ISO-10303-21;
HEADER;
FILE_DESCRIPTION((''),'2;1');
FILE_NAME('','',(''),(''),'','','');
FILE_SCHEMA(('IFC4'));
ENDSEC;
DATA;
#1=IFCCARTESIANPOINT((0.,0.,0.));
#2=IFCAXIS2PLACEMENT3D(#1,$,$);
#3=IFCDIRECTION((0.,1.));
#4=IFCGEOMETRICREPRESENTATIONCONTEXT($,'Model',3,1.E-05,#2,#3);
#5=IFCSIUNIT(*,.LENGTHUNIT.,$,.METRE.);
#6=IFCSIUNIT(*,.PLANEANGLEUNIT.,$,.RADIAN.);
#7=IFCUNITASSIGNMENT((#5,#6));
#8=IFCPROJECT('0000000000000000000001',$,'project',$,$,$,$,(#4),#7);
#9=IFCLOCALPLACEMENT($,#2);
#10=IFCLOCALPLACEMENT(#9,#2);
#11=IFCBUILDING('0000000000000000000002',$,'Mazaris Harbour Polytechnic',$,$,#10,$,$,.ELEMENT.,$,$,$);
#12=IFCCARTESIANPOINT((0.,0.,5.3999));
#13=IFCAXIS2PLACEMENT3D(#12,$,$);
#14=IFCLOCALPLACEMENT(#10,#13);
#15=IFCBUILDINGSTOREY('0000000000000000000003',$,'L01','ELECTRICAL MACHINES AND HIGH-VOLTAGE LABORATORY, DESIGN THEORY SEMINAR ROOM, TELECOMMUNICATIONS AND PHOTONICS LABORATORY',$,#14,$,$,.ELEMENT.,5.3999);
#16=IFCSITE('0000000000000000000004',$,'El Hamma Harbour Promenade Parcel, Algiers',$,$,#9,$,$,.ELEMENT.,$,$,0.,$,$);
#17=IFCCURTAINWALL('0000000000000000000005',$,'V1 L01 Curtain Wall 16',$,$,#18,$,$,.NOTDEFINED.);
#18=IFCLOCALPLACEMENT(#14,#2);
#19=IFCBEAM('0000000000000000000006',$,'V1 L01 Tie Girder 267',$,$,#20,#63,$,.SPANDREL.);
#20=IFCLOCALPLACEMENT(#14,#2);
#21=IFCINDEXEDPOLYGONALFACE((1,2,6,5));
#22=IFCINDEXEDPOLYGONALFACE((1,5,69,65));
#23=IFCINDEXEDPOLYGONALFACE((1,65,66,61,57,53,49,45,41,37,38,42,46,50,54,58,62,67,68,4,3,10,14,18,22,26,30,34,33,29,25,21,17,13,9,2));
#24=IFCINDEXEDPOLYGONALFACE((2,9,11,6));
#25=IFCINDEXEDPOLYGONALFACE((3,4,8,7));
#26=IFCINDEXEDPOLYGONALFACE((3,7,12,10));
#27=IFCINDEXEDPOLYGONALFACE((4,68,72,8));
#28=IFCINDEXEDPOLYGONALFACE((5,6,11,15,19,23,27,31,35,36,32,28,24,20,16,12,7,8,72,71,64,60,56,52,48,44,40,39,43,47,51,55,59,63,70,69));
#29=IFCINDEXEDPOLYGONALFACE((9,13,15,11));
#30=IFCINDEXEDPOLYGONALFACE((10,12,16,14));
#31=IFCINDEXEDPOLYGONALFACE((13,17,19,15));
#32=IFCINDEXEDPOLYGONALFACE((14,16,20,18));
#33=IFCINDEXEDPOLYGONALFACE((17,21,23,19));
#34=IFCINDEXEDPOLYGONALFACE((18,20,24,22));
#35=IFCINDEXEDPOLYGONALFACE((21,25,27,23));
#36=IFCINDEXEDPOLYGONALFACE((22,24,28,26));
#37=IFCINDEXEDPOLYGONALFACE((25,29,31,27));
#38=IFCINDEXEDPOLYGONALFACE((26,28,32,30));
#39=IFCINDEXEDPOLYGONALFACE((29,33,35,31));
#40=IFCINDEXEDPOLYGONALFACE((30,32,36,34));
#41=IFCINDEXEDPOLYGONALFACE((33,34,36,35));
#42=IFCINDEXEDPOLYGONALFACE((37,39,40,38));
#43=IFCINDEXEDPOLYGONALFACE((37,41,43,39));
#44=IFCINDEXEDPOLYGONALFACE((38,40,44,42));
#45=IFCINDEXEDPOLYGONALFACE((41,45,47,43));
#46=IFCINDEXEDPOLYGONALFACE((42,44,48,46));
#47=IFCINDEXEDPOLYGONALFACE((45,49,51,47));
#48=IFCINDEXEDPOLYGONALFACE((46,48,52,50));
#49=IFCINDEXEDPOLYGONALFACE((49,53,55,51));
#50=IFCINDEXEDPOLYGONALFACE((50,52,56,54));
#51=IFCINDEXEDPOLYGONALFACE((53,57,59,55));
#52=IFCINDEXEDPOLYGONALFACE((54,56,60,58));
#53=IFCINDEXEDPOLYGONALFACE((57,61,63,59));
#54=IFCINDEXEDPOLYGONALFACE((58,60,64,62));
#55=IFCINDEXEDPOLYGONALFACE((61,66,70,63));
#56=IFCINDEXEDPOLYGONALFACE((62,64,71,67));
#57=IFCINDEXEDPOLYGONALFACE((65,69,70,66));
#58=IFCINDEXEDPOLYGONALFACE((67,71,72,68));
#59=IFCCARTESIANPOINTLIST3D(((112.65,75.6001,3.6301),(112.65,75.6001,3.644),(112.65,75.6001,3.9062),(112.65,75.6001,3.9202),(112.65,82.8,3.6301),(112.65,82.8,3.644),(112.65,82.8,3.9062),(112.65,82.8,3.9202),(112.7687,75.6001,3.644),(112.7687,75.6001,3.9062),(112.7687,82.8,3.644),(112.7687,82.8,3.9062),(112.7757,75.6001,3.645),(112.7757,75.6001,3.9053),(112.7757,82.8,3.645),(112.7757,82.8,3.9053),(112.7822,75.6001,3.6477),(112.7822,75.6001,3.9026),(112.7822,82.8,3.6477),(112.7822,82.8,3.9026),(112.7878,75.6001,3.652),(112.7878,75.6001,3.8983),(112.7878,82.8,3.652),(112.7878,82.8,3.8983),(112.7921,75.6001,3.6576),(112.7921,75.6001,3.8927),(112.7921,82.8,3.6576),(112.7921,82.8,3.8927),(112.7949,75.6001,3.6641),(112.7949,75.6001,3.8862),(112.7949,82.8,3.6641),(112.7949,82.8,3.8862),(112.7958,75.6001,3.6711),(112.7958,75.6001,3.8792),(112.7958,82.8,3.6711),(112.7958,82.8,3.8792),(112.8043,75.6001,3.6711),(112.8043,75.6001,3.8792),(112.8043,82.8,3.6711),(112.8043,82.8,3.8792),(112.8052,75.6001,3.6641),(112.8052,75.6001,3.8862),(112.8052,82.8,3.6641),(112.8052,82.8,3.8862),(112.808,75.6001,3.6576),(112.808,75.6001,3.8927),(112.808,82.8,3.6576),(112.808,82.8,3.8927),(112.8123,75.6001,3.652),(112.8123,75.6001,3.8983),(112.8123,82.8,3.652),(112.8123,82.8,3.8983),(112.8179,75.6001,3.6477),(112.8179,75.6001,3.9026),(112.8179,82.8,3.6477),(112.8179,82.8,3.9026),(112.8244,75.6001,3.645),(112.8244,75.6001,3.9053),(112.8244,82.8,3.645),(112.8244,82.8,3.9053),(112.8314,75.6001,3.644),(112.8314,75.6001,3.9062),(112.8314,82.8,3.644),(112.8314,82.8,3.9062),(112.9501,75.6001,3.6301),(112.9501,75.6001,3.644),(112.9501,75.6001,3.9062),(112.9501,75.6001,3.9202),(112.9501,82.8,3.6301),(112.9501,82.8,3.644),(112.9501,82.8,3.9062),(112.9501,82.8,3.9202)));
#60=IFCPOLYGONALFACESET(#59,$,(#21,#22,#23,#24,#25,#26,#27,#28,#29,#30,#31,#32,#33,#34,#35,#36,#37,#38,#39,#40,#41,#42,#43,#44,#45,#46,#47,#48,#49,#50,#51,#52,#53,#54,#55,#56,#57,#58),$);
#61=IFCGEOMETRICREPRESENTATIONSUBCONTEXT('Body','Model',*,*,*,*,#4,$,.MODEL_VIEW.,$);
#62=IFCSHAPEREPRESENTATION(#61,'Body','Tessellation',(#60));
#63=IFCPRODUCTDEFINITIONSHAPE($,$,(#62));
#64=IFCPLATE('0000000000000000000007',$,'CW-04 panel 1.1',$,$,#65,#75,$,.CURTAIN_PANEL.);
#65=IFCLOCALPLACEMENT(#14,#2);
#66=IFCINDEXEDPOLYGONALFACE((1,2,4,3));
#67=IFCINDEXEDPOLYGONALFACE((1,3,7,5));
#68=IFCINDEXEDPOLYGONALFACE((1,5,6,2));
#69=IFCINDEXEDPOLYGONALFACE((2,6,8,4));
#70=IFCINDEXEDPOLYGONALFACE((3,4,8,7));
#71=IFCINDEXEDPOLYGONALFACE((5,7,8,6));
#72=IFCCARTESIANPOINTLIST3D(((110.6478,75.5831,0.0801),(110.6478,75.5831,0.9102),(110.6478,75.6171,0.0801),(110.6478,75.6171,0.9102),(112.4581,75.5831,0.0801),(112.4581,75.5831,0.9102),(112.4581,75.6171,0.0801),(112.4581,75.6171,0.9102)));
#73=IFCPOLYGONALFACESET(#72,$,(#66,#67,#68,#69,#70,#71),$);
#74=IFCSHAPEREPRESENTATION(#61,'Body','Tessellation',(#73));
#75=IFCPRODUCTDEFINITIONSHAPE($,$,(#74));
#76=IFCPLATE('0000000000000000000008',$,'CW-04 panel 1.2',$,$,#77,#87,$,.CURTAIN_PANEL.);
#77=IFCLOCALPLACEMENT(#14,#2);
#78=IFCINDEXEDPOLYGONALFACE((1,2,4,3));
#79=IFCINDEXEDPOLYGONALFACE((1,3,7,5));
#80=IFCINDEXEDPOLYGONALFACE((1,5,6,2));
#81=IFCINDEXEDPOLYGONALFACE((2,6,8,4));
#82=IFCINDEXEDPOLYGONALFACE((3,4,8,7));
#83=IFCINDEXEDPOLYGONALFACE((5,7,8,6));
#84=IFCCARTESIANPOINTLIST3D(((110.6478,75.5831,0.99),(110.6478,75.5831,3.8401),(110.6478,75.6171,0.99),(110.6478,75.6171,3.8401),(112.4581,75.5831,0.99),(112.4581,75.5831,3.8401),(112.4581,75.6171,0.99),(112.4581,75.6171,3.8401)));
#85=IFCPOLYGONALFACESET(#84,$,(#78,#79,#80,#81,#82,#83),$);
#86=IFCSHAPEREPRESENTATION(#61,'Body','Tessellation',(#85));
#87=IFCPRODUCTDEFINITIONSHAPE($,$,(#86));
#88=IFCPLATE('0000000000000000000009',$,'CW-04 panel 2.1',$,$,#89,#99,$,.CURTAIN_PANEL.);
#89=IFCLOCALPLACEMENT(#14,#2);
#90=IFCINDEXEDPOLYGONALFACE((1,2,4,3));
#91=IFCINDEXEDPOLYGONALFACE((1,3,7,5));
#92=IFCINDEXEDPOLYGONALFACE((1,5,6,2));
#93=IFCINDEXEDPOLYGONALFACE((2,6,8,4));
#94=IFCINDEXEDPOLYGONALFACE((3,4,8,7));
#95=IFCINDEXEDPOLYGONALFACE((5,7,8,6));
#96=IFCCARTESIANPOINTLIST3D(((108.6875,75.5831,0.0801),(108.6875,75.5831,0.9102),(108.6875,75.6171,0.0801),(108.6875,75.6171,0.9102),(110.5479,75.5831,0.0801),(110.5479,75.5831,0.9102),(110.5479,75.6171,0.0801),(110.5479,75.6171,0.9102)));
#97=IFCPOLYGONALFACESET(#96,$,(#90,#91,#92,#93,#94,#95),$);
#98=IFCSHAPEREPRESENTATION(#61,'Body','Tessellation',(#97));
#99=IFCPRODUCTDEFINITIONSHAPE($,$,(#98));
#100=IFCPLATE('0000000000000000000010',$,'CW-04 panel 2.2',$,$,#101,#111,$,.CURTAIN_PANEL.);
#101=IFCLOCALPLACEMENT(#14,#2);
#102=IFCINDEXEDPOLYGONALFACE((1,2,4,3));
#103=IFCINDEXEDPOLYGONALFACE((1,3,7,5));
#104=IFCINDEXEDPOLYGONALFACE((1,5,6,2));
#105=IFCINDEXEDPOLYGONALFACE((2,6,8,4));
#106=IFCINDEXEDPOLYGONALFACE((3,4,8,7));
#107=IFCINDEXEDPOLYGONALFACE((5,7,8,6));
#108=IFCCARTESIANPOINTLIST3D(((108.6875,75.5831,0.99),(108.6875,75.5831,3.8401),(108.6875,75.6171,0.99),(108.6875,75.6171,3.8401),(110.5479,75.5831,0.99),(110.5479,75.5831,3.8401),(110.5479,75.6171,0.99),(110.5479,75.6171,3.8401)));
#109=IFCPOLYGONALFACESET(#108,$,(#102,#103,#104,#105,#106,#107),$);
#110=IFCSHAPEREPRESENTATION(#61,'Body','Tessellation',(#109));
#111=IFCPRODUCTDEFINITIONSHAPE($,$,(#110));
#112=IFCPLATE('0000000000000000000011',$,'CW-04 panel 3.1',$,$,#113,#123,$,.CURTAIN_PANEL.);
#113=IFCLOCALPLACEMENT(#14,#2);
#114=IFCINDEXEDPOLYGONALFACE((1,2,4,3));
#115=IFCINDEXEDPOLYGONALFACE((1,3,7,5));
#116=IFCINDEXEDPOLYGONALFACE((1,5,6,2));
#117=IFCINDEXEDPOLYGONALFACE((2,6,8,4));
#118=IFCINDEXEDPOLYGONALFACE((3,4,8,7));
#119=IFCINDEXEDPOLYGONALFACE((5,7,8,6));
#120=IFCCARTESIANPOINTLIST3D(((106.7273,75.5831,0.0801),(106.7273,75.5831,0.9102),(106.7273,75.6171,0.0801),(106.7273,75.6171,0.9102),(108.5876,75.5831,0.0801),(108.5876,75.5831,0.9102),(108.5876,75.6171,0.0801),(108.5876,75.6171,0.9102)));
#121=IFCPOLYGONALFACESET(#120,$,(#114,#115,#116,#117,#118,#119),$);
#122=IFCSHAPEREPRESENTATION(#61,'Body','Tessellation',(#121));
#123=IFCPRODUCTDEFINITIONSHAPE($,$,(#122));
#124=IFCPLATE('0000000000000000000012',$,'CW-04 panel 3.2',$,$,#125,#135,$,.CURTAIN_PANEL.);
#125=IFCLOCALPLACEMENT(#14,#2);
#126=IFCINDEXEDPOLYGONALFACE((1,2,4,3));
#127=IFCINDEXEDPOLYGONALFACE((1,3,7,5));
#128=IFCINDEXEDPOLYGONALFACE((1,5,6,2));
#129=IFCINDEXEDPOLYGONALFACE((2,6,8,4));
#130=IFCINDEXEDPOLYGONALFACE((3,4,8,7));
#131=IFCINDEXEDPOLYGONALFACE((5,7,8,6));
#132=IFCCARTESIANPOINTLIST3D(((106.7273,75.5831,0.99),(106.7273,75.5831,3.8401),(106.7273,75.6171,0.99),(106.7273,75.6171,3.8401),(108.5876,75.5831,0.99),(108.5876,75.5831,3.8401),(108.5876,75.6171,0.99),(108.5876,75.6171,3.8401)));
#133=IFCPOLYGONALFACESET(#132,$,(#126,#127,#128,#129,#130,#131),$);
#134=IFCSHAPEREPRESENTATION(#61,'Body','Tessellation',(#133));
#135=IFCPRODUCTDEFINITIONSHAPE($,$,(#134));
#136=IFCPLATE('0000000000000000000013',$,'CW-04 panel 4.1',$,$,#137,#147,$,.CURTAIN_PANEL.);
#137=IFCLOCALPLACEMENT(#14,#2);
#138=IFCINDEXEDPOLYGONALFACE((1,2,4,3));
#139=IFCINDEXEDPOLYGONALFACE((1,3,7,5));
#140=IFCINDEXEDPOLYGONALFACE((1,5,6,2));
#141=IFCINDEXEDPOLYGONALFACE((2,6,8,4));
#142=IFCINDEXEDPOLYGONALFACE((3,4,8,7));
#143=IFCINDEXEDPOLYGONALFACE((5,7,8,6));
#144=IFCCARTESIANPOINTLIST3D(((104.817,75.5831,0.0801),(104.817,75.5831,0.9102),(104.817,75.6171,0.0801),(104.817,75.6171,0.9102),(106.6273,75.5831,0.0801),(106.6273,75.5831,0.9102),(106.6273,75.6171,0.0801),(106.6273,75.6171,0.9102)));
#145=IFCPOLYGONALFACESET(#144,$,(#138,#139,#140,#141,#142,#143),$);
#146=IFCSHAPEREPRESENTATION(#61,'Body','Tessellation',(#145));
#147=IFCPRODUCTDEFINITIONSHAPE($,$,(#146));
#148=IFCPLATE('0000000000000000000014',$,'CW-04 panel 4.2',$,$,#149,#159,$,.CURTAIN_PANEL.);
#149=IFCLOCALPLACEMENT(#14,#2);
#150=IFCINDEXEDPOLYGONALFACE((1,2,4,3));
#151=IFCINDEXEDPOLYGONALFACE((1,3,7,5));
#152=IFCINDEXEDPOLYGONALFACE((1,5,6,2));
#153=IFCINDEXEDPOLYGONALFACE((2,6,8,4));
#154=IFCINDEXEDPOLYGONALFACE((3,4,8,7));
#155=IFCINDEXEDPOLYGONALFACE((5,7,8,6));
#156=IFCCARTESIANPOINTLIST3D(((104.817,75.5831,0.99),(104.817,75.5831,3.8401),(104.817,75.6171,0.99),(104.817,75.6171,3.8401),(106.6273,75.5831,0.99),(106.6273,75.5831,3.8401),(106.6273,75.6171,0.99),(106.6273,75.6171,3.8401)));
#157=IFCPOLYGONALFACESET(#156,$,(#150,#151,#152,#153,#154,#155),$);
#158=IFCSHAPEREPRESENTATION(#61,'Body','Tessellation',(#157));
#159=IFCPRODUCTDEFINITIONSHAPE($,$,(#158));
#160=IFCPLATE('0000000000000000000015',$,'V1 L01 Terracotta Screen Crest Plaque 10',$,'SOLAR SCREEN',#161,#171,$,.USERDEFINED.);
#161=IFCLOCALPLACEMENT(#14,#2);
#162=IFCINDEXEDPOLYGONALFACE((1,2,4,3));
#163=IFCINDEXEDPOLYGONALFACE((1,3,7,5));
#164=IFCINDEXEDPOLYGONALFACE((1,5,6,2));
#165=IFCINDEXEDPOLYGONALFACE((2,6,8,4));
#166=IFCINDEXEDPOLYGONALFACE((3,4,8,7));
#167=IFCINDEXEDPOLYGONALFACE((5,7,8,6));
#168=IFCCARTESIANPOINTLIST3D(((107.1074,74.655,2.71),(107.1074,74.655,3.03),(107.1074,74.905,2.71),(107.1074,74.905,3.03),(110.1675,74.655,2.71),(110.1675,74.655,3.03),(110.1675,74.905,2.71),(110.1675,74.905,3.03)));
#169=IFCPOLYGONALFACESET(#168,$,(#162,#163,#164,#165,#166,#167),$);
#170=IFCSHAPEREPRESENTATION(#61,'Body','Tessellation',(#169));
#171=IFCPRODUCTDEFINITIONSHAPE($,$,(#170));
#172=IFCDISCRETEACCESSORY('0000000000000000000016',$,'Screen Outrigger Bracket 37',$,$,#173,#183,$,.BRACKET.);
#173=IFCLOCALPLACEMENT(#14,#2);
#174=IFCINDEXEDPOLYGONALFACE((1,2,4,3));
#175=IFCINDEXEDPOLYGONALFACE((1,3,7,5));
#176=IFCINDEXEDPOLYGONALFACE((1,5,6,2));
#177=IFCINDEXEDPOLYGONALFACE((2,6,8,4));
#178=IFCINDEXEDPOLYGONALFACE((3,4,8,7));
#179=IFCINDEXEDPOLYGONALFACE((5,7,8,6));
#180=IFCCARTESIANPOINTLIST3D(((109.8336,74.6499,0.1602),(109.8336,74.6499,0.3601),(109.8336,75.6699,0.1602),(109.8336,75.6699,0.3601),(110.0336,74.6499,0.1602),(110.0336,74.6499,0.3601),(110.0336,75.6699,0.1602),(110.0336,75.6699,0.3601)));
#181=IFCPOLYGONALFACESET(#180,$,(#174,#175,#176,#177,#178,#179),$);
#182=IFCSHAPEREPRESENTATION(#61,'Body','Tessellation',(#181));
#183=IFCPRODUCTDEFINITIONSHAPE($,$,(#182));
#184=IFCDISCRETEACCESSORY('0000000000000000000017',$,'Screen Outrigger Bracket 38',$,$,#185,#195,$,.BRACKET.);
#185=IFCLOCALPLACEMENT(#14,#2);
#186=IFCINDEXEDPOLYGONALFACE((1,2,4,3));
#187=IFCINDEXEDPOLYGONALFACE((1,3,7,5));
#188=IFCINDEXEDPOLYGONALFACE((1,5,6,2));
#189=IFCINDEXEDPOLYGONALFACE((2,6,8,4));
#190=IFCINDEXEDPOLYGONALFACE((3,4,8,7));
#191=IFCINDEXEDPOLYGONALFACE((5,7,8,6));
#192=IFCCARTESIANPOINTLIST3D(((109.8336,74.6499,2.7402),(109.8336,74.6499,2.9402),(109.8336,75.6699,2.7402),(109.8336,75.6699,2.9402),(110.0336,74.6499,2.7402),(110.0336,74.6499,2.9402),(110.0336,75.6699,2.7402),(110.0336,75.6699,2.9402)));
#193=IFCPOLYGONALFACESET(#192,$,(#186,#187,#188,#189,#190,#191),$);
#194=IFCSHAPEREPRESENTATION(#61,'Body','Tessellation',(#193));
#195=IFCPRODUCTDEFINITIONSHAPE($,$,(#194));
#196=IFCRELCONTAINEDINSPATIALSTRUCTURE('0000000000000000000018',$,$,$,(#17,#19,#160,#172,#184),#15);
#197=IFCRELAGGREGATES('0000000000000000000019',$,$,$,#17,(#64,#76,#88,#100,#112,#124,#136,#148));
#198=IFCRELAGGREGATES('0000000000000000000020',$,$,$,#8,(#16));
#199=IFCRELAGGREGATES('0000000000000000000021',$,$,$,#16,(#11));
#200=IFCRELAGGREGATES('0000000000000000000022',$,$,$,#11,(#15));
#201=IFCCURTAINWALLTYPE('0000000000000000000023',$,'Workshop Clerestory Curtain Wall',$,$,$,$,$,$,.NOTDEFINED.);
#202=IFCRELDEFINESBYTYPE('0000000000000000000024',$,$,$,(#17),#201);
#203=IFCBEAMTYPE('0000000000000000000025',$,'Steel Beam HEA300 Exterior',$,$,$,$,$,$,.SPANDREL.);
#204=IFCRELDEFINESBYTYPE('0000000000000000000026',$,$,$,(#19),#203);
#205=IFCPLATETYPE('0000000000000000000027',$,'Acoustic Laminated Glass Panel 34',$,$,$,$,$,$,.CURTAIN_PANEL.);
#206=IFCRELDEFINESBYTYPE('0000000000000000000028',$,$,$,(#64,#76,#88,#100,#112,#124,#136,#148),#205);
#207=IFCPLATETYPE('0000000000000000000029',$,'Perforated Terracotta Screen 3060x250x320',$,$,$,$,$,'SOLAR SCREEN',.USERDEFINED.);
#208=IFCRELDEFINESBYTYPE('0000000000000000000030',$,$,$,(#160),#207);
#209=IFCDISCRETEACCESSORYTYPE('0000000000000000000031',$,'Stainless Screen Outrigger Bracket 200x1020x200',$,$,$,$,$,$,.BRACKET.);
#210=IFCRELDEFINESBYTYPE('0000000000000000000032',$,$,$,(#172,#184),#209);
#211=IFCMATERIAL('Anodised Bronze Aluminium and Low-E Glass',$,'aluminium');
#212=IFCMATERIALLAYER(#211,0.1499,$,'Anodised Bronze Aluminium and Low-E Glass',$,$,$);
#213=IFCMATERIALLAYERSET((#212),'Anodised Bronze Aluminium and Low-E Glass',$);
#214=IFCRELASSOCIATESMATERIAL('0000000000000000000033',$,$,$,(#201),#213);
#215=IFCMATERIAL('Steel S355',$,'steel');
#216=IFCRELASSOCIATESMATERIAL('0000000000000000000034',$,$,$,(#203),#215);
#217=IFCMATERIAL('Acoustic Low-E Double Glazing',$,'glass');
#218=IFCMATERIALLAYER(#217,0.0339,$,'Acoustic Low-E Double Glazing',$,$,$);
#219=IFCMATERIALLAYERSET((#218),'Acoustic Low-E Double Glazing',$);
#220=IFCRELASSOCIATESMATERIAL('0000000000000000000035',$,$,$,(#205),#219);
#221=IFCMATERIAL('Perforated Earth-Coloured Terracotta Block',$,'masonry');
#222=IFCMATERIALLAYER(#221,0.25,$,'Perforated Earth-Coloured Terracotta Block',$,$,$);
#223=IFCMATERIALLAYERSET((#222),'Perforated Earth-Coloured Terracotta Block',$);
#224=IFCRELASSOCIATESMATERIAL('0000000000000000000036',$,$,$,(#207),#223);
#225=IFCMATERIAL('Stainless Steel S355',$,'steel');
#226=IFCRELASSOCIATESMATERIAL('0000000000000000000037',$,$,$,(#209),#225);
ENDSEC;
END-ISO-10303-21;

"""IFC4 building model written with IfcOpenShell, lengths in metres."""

from ifc_helpers import new_model, si_unit, direction, frame, origin, origin_2d, place, context, subcontext, project, spatial, rectangle, i_section, extrude, material, layer, layer_set, material_profile, profile_set, type_object, element, aggregate, save


model = new_model("IFC4")

# Units and contexts
model_context = context("Model", 3, precision=1e-05, world=origin(), true_north=direction((0.0, 1.0)))
body_context = subcontext(model_context, "Body", "Model", "MODEL_VIEW")
ifc_project = project(units=[si_unit("LENGTHUNIT", "METRE"), si_unit("PLANEANGLEUNIT", "RADIAN")], contexts=[model_context])

# Site, building, storey
site_placement = place(None, origin())
site = spatial("IfcSite", under=ifc_project, at=site_placement, Name="El Hamma Harbour Promenade Parcel, Algiers", CompositionType="ELEMENT", RefElevation=0.0)
building_placement = place(site_placement, origin())
building = spatial("IfcBuilding", under=site, at=building_placement, Name="Mazaris Harbour Polytechnic", CompositionType="ELEMENT")
storey_placement = place(building_placement, frame((0.0, 0.0, 5.3999)))
storey = spatial("IfcBuildingStorey", under=building, at=storey_placement, Name="L01", Description="ELECTRICAL MACHINES AND HIGH-VOLTAGE LABORATORY, DESIGN THEORY SEMINAR ROOM, TELECOMMUNICATIONS AND PHOTONICS LABORATORY", CompositionType="ELEMENT", Elevation=5.3999)

# Curtain wall
ifc_material_1 = material(Name="Anodised Bronze Aluminium and Low-E Glass", Category="aluminium")
ifc_layer_1 = layer(ifc_material_1, 0.1499, Name="Anodised Bronze Aluminium and Low-E Glass")
ifc_layer_set_1 = layer_set([ifc_layer_1], Name="Anodised Bronze Aluminium and Low-E Glass")
curtain_wall_type_1 = type_object("IfcCurtainWallType", Name="Workshop Clerestory Curtain Wall", PredefinedType="NOTDEFINED", material=ifc_layer_set_1)
curtain_wall_1_placement = place(storey_placement, origin())
curtain_wall_1 = element("IfcCurtainWall", 1, at=curtain_wall_1_placement, inside=storey, type_object=curtain_wall_type_1, Name="V1 L01 Curtain Wall 16", PredefinedType="NOTDEFINED")

# Beam
ifc_material_2 = material(Name="Steel S355", Category="steel")
ifc_material_profile_1 = material_profile(ifc_material_2, i_section(OverallWidth=0.3, OverallDepth=0.29, WebThickness=0.0085, FlangeThickness=0.0139, FilletRadius=0.0271, at=origin_2d()), Name="HEA 300")
ifc_profile_set_1 = profile_set([ifc_material_profile_1], Name="Steel S355")
beam_type = type_object("IfcBeamType", Name="Steel Beam HEA300 Exterior", PredefinedType="SPANDREL", material=ifc_profile_set_1)
beam_placement = place(storey_placement, frame((112.8, 75.6001, 3.7751), z_axis=(0.0, 1.0, 0.0), x_axis=(-1.0, 0.0, 0.0)))
element("IfcBeam", 2, at=beam_placement, inside=storey, type_object=beam_type, Name="V1 L01 Tie Girder 267", PredefinedType="SPANDREL", context=body_context, shape_type="SweptSolid", body=[
    extrude(i_section(OverallWidth=0.3, OverallDepth=0.29, WebThickness=0.0085, FlangeThickness=0.0139, FilletRadius=0.0271, at=origin_2d()), origin(), (0.0, 0.0, 1.0), 7.2),
])

# Plates
ifc_material_3 = material(Name="Acoustic Low-E Double Glazing", Category="glass")
ifc_layer_2 = layer(ifc_material_3, 0.0339, Name="Acoustic Low-E Double Glazing")
ifc_layer_set_2 = layer_set([ifc_layer_2], Name="Acoustic Low-E Double Glazing")
plate_type_1 = type_object("IfcPlateType", Name="Acoustic Laminated Glass Panel 34", PredefinedType="CURTAIN_PANEL", material=ifc_layer_set_2)
plate_1_placement = place(storey_placement, frame((111.553, 75.6001, 0.0801), z_axis=(0.0, 0.0, 1.0), x_axis=(-1.0, 0.0, 0.0)))
plate_1 = element("IfcPlate", 3, at=plate_1_placement, type_object=plate_type_1, Name="CW-04 panel 1.1", PredefinedType="CURTAIN_PANEL", context=body_context, shape_type="SweptSolid", body=[
    extrude(rectangle(XDim=1.8103, YDim=0.0339, at=origin_2d()), origin(), (0.0, 0.0, 1.0), 0.8301),
])
plate_2_placement = place(storey_placement, frame((111.553, 75.6001, 0.99), z_axis=(0.0, 0.0, 1.0), x_axis=(-1.0, 0.0, 0.0)))
plate_2 = element("IfcPlate", 4, at=plate_2_placement, type_object=plate_type_1, Name="CW-04 panel 1.2", PredefinedType="CURTAIN_PANEL", context=body_context, shape_type="SweptSolid", body=[
    extrude(rectangle(XDim=1.8103, YDim=0.0339, at=origin_2d()), origin(), (0.0, 0.0, 1.0), 2.8501),
])
plate_3_placement = place(storey_placement, frame((109.6177, 75.6001, 0.0801), z_axis=(0.0, 0.0, 1.0), x_axis=(-1.0, 0.0, 0.0)))
plate_3 = element("IfcPlate", 5, at=plate_3_placement, type_object=plate_type_1, Name="CW-04 panel 2.1", PredefinedType="CURTAIN_PANEL", context=body_context, shape_type="SweptSolid", body=[
    extrude(rectangle(XDim=1.8604, YDim=0.0339, at=origin_2d()), origin(), (0.0, 0.0, 1.0), 0.8301),
])
plate_4_placement = place(storey_placement, frame((109.6177, 75.6001, 0.99), z_axis=(0.0, 0.0, 1.0), x_axis=(-1.0, 0.0, 0.0)))
plate_4 = element("IfcPlate", 6, at=plate_4_placement, type_object=plate_type_1, Name="CW-04 panel 2.2", PredefinedType="CURTAIN_PANEL", context=body_context, shape_type="SweptSolid", body=[
    extrude(rectangle(XDim=1.8604, YDim=0.0339, at=origin_2d()), origin(), (0.0, 0.0, 1.0), 2.8501),
])
plate_5_placement = place(storey_placement, frame((107.6575, 75.6001, 0.0801), z_axis=(0.0, 0.0, 1.0), x_axis=(-1.0, 0.0, 0.0)))
plate_5 = element("IfcPlate", 7, at=plate_5_placement, type_object=plate_type_1, Name="CW-04 panel 3.1", PredefinedType="CURTAIN_PANEL", context=body_context, shape_type="SweptSolid", body=[
    extrude(rectangle(XDim=1.8604, YDim=0.0339, at=origin_2d()), origin(), (0.0, 0.0, 1.0), 0.8301),
])
plate_6_placement = place(storey_placement, frame((107.6575, 75.6001, 0.99), z_axis=(0.0, 0.0, 1.0), x_axis=(-1.0, 0.0, 0.0)))
plate_6 = element("IfcPlate", 8, at=plate_6_placement, type_object=plate_type_1, Name="CW-04 panel 3.2", PredefinedType="CURTAIN_PANEL", context=body_context, shape_type="SweptSolid", body=[
    extrude(rectangle(XDim=1.8604, YDim=0.0339, at=origin_2d()), origin(), (0.0, 0.0, 1.0), 2.8501),
])
plate_7_placement = place(storey_placement, frame((105.7222, 75.6001, 0.0801), z_axis=(0.0, 0.0, 1.0), x_axis=(-1.0, 0.0, 0.0)))
plate_7 = element("IfcPlate", 9, at=plate_7_placement, type_object=plate_type_1, Name="CW-04 panel 4.1", PredefinedType="CURTAIN_PANEL", context=body_context, shape_type="SweptSolid", body=[
    extrude(rectangle(XDim=1.8103, YDim=0.0339, at=origin_2d()), origin(), (0.0, 0.0, 1.0), 0.8301),
])
plate_8_placement = place(storey_placement, frame((105.7222, 75.6001, 0.99), z_axis=(0.0, 0.0, 1.0), x_axis=(-1.0, 0.0, 0.0)))
plate_8 = element("IfcPlate", 10, at=plate_8_placement, type_object=plate_type_1, Name="CW-04 panel 4.2", PredefinedType="CURTAIN_PANEL", context=body_context, shape_type="SweptSolid", body=[
    extrude(rectangle(XDim=1.8103, YDim=0.0339, at=origin_2d()), origin(), (0.0, 0.0, 1.0), 2.8501),
])
aggregate(curtain_wall_1, [plate_1, plate_2, plate_3, plate_4, plate_5, plate_6, plate_7, plate_8])
ifc_material_4 = material(Name="Perforated Earth-Coloured Terracotta Block", Category="masonry")
ifc_layer_3 = layer(ifc_material_4, 0.25, Name="Perforated Earth-Coloured Terracotta Block")
ifc_layer_set_3 = layer_set([ifc_layer_3], Name="Perforated Earth-Coloured Terracotta Block")
plate_type_2 = type_object("IfcPlateType", Name="Perforated Terracotta Screen 3060x250x320", ElementType="SOLAR SCREEN", PredefinedType="USERDEFINED", material=ifc_layer_set_3)
plate_9_placement = place(storey_placement, frame((108.6375, 74.78, 2.71), z_axis=(0.0, 0.0, 1.0), x_axis=(-1.0, 0.0, 0.0)))
element("IfcPlate", 11, at=plate_9_placement, inside=storey, type_object=plate_type_2, Name="V1 L01 Terracotta Screen Crest Plaque 10", ObjectType="SOLAR SCREEN", PredefinedType="USERDEFINED", context=body_context, shape_type="SweptSolid", body=[
    extrude(rectangle(XDim=3.0601, YDim=0.25, at=origin_2d()), origin(), (0.0, 0.0, 1.0), 0.3201),
])

# Discrete accessories
ifc_material_5 = material(Name="Stainless Steel S355", Category="steel")
discrete_accessory_type = type_object("IfcDiscreteAccessoryType", Name="Stainless Screen Outrigger Bracket 200x1020x200", PredefinedType="BRACKET", material=ifc_material_5)
for number, where, z_axis, x_axis, name in (
    (12, (109.9336, 75.1599, 0.1602), (0.0, 0.0, 1.0), (-1.0, 0.0, 0.0), "Screen Outrigger Bracket 37"),
    (13, (109.9336, 75.1599, 2.7402), (0.0, 0.0, 1.0), (-1.0, 0.0, 0.0), "Screen Outrigger Bracket 38"),
):
    element("IfcDiscreteAccessory", number, at=place(storey_placement, frame(where, z_axis=z_axis, x_axis=x_axis)), inside=storey, type_object=discrete_accessory_type, Name=name, PredefinedType="BRACKET", context=body_context, shape_type="SweptSolid", body=[
        extrude(rectangle(XDim=0.2, YDim=1.02, at=origin_2d()), origin(), (0.0, 0.0, 1.0), 0.2),
    ])

save(model, "model.ifc")
